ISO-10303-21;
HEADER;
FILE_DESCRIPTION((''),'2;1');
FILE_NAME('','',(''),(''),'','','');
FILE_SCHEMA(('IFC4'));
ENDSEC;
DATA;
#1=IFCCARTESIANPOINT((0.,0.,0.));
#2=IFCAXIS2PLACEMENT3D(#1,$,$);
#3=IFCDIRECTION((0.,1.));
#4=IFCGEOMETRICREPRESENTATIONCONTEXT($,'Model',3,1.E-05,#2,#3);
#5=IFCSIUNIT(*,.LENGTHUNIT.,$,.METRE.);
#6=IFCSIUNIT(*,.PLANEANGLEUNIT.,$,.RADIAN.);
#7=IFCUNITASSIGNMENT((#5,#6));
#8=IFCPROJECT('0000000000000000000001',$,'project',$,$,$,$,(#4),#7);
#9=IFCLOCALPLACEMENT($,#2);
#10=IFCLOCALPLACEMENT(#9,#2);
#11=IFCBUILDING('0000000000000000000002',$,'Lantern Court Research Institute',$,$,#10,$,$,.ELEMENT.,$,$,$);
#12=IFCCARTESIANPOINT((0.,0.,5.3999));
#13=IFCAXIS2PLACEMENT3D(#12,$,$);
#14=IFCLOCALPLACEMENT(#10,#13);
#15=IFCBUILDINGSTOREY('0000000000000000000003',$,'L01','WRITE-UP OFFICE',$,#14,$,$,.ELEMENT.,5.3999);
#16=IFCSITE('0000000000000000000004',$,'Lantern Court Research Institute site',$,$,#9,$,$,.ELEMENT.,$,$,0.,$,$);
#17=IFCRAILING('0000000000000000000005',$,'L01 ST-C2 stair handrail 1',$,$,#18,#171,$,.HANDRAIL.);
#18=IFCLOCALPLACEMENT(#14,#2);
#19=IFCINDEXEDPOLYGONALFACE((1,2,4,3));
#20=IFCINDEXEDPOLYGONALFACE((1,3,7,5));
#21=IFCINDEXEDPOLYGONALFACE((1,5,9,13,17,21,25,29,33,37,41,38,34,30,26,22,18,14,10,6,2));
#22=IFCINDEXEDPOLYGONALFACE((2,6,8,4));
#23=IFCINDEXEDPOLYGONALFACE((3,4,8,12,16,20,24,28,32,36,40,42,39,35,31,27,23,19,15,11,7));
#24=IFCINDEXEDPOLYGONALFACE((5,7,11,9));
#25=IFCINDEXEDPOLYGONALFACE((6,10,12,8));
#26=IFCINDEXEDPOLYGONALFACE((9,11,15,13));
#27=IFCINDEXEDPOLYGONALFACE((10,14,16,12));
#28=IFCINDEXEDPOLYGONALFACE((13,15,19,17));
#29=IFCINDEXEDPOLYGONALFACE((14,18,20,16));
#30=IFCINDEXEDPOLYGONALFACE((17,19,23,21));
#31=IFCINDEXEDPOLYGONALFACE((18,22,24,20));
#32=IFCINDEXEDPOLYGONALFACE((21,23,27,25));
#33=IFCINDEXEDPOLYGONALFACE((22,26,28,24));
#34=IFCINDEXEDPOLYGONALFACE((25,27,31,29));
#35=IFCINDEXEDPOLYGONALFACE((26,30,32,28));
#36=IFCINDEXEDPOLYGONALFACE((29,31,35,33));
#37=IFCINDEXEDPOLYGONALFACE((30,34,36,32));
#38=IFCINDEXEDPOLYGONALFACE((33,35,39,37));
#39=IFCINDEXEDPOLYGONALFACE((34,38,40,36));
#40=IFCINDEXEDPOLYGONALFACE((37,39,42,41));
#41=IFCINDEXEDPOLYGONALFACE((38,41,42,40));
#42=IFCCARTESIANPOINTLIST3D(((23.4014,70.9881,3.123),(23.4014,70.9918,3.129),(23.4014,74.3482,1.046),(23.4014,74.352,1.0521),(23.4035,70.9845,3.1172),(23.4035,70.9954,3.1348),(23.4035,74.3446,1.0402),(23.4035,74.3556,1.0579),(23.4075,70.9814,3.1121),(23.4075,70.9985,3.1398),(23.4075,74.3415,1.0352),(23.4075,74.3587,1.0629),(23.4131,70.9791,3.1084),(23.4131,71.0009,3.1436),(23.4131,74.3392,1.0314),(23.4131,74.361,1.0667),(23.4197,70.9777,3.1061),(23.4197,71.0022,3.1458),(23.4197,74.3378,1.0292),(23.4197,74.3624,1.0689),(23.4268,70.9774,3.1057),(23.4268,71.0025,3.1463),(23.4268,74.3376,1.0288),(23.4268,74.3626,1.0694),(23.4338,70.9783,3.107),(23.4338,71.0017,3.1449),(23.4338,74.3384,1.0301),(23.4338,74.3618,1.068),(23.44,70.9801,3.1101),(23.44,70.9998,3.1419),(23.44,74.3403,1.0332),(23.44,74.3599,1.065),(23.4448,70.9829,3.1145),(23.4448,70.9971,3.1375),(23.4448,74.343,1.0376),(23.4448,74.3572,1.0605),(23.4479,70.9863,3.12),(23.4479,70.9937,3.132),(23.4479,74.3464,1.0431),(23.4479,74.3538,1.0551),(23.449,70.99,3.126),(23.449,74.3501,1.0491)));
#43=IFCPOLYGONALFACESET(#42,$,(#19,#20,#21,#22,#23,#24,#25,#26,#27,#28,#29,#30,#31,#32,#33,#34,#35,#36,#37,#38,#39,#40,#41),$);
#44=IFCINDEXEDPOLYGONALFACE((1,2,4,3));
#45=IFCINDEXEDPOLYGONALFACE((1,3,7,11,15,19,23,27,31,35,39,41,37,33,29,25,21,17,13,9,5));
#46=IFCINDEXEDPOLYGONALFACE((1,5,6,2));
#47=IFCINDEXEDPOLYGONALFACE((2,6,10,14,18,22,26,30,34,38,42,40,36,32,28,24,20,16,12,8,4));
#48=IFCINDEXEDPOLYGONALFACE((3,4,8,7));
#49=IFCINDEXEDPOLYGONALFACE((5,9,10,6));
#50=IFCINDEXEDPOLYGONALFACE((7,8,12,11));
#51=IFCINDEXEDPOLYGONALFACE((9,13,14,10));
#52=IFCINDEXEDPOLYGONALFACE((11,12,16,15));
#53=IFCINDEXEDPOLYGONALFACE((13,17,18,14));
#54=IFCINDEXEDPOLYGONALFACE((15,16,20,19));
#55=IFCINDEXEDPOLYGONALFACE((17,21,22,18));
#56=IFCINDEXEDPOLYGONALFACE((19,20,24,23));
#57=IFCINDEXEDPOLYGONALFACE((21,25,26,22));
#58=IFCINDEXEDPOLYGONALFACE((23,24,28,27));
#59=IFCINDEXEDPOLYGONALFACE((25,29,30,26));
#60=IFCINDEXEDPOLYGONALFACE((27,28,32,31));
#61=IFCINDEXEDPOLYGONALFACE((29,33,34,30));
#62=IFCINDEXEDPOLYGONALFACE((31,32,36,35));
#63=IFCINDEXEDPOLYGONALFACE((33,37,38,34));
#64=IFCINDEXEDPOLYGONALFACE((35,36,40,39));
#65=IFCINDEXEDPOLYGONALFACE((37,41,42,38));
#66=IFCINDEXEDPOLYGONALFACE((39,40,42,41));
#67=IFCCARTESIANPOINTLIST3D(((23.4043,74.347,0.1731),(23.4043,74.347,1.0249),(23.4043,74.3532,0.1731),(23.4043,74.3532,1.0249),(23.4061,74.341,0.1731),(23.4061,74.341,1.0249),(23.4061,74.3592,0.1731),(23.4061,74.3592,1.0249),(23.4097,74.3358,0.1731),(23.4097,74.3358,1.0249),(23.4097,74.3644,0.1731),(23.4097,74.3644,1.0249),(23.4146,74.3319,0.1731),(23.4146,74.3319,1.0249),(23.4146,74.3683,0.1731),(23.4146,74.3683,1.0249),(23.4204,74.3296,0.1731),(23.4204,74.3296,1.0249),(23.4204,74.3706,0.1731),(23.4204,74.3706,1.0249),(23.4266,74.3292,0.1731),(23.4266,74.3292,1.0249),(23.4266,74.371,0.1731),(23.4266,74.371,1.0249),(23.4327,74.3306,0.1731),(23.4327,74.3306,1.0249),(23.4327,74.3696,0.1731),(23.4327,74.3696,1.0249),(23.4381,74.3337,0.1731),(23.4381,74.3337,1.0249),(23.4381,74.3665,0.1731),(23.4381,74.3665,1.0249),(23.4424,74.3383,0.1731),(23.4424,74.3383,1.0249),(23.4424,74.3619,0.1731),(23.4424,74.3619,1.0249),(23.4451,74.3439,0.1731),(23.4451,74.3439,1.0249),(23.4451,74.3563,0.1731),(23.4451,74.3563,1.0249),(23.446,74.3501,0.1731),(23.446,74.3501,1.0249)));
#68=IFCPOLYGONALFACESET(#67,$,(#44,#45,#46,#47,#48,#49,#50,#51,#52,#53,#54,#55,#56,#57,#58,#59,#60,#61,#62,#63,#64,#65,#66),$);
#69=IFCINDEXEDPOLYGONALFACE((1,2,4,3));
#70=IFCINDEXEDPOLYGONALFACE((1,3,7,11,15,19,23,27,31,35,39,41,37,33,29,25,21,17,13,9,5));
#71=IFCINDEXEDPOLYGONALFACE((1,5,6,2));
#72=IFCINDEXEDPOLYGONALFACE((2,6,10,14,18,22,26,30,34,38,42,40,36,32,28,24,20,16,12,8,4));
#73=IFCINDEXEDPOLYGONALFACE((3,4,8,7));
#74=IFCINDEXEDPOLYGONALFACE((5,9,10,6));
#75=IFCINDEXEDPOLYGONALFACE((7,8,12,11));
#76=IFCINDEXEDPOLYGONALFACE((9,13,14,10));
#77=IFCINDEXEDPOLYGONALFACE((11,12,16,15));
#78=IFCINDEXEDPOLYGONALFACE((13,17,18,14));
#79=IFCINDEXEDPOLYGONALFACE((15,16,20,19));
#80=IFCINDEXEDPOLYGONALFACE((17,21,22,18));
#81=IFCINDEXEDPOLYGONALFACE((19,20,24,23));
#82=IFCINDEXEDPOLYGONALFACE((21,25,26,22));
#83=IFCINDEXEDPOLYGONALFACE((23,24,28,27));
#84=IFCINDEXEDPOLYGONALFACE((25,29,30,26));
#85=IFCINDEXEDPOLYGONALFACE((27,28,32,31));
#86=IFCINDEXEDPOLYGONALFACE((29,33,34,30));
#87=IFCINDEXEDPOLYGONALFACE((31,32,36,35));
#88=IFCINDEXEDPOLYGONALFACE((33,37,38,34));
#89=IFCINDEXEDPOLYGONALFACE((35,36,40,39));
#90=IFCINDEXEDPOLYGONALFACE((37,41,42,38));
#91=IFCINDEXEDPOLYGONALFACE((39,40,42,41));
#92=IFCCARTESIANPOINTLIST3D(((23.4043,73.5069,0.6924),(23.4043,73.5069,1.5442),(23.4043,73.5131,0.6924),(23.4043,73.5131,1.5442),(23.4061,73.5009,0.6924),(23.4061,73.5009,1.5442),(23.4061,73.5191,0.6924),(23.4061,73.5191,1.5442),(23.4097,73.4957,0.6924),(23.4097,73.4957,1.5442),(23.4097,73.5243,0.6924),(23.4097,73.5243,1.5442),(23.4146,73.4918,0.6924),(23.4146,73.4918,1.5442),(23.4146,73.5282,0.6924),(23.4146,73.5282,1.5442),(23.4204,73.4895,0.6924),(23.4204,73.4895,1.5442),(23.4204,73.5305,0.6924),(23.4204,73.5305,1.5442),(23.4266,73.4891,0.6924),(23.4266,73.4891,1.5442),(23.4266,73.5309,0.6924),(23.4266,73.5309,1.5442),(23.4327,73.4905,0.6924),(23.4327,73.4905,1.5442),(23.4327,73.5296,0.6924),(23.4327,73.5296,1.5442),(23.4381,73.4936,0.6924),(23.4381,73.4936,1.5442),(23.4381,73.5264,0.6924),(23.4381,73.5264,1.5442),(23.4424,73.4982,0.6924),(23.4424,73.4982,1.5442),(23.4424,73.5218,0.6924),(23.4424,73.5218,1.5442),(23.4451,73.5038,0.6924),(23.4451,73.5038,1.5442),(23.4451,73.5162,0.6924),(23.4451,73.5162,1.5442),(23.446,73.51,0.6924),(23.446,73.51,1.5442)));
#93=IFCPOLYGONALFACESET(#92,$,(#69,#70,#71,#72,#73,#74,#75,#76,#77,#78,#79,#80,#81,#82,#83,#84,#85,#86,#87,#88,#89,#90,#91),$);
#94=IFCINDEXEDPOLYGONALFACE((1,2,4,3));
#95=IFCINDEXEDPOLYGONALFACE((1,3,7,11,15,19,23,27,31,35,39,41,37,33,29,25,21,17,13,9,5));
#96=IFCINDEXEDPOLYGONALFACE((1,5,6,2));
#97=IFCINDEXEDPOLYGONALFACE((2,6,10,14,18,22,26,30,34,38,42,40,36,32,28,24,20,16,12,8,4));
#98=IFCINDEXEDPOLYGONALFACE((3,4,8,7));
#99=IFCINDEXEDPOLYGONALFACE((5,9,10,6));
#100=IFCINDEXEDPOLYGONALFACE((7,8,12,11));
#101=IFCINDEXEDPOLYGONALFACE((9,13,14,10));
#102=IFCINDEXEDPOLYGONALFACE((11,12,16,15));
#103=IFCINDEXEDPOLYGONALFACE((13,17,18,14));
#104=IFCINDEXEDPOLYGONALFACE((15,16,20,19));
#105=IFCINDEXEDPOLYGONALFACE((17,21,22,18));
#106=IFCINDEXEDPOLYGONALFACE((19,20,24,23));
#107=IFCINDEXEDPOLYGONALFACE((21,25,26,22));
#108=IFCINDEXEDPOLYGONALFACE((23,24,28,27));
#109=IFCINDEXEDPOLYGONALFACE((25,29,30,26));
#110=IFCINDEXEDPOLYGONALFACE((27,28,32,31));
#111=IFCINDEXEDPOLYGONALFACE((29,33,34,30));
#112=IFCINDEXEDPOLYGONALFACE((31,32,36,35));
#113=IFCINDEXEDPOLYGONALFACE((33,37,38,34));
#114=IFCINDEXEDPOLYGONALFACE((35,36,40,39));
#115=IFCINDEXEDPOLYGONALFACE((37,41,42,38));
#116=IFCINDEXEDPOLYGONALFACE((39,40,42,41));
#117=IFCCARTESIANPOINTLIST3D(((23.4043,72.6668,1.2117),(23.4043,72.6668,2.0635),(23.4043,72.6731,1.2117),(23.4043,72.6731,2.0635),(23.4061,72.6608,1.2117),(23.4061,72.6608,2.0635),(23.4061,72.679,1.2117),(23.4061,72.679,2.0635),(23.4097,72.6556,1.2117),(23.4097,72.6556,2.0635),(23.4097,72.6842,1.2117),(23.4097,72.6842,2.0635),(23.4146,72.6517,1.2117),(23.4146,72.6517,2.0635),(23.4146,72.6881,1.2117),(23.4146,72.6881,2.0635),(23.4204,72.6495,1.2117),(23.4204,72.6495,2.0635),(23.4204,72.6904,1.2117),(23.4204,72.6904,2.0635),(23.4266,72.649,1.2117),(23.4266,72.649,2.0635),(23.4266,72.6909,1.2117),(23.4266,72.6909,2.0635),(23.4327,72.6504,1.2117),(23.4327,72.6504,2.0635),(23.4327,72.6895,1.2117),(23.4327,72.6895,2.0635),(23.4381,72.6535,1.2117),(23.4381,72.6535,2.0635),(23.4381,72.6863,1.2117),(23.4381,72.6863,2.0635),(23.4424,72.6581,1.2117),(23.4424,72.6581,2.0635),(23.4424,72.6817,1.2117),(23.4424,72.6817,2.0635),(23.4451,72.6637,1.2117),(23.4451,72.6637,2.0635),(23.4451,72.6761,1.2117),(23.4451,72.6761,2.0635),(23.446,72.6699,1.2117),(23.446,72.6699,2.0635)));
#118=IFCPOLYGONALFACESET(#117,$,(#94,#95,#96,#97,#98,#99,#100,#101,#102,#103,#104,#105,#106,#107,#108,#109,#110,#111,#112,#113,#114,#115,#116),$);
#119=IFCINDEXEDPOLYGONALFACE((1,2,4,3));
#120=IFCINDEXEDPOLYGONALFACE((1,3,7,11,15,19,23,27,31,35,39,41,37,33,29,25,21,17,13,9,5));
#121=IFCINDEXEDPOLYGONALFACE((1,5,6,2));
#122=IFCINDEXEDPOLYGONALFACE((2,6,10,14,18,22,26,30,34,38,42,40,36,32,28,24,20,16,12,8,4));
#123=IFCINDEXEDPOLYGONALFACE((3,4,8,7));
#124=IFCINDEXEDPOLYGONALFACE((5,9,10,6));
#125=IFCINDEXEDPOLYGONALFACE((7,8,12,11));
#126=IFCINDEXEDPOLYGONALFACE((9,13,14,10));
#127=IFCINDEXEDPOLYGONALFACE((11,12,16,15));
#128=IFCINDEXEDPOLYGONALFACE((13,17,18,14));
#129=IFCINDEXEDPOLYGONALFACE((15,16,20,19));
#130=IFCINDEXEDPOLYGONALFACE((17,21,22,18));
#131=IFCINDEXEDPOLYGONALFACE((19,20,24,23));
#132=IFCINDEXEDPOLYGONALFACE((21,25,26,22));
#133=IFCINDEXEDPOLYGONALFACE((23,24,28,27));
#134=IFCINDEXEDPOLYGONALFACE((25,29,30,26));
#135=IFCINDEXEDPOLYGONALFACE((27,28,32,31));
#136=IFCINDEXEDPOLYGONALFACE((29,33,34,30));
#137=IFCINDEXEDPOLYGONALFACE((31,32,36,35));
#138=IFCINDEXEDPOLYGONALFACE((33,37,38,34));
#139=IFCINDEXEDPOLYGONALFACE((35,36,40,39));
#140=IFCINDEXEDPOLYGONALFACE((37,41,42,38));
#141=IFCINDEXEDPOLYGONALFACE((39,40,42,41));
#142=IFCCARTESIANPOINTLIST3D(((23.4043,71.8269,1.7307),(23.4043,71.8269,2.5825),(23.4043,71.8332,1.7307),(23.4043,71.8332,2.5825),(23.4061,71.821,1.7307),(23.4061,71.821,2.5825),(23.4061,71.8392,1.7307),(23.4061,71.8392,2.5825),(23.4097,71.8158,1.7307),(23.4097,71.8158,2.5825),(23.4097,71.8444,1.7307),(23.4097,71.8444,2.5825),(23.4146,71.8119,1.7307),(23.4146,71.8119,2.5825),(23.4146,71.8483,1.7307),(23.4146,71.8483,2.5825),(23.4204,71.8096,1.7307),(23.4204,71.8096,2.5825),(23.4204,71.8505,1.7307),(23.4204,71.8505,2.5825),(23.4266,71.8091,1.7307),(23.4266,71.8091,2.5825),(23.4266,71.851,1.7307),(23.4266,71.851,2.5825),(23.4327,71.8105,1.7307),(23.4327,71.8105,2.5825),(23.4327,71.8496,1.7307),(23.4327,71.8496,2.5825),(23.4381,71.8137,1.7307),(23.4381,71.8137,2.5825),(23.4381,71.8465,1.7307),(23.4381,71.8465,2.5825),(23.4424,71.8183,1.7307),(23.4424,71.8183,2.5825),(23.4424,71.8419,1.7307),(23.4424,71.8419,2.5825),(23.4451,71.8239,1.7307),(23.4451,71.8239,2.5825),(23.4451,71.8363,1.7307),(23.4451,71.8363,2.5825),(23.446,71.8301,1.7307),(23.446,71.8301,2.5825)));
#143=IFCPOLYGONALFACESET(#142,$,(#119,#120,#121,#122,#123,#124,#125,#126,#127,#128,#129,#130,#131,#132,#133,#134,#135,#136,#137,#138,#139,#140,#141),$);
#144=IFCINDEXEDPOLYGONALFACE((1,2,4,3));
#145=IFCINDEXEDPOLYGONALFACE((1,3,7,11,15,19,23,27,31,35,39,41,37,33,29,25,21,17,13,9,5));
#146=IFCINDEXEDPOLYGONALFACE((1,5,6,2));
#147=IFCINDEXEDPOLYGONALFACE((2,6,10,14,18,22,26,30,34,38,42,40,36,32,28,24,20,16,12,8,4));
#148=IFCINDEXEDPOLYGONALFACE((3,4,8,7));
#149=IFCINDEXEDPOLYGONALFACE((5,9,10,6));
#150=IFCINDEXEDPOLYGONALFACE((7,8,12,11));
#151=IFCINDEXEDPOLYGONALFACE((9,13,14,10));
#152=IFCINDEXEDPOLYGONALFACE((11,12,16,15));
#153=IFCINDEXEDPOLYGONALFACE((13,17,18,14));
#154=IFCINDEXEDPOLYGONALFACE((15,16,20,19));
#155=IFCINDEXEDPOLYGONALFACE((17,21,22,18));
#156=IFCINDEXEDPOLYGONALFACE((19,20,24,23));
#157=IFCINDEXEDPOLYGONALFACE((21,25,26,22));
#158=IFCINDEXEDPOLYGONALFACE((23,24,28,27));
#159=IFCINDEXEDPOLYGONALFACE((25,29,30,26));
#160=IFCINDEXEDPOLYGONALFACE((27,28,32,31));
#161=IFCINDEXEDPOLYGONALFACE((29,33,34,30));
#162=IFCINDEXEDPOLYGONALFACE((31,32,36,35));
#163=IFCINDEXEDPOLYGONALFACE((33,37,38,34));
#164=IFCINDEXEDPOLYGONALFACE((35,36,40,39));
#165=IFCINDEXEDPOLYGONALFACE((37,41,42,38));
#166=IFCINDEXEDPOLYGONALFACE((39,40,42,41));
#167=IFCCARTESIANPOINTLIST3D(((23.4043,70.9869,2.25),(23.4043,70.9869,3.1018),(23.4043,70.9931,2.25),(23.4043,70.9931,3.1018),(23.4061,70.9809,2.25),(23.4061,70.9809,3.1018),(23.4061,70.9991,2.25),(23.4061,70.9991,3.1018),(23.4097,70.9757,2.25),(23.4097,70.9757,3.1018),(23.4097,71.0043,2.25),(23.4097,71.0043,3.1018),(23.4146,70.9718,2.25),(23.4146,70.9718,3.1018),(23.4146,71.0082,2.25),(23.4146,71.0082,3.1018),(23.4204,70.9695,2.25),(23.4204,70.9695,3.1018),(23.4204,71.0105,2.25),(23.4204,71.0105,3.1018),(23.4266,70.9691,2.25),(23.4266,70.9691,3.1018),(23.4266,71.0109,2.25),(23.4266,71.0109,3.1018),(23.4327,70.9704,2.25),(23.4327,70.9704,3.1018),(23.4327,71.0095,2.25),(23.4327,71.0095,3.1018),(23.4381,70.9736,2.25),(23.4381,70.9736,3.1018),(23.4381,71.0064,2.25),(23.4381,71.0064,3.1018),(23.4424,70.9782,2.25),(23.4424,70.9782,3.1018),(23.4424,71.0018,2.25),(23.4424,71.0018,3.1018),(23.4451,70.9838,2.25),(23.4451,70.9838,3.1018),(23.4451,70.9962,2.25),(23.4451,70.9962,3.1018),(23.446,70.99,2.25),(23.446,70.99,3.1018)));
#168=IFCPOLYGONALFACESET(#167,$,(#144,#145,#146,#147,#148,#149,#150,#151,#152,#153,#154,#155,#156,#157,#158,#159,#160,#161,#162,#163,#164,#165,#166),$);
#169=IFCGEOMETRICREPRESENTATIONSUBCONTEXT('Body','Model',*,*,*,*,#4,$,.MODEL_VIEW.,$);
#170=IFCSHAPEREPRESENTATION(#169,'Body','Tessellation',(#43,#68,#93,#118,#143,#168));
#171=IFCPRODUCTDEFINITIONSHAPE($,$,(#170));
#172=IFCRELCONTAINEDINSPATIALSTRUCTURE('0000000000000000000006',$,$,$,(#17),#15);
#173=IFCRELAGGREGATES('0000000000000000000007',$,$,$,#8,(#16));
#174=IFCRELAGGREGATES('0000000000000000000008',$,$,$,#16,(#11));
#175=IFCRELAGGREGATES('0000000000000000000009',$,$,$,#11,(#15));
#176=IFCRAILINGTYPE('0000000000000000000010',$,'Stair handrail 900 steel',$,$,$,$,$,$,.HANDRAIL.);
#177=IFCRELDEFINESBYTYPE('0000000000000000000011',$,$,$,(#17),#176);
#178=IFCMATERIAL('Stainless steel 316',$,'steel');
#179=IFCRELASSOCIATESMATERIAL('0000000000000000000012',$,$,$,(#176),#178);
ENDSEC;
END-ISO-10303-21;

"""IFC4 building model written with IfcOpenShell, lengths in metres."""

from ifc_helpers import new_model, si_unit, direction, frame, origin, origin_2d, place, context, subcontext, project, spatial, circle, extrude, material, type_object, element, save


model = new_model("IFC4")

# Units and contexts
model_context = context("Model", 3, precision=1e-05, world=origin(), true_north=direction((0.0, 1.0)))
body_context = subcontext(model_context, "Body", "Model", "MODEL_VIEW")
ifc_project = project(units=[si_unit("LENGTHUNIT", "METRE"), si_unit("PLANEANGLEUNIT", "RADIAN")], contexts=[model_context])

# Site, building, storey
site_placement = place(None, origin())
site = spatial("IfcSite", under=ifc_project, at=site_placement, Name="Lantern Court Research Institute site", CompositionType="ELEMENT", RefElevation=0.0)
building_placement = place(site_placement, origin())
building = spatial("IfcBuilding", under=site, at=building_placement, Name="Lantern Court Research Institute", CompositionType="ELEMENT")
storey_placement = place(building_placement, frame((0.0, 0.0, 5.3999)))
storey = spatial("IfcBuildingStorey", under=building, at=storey_placement, Name="L01", Description="WRITE-UP OFFICE", CompositionType="ELEMENT", Elevation=5.3999)

# Railing
ifc_material_1 = material(Name="Stainless steel 316", Category="steel")
railing_type_1 = type_object("IfcRailingType", Name="Stair handrail 900 steel", PredefinedType="HANDRAIL", material=ifc_material_1)
railing_1_placement = place(storey_placement, frame((23.425, 74.3501, 0.1731)))
element("IfcRailing", 1, at=railing_1_placement, inside=storey, type_object=railing_type_1, Name="L01 ST-C2 stair handrail 1", PredefinedType="HANDRAIL", context=body_context, shape_type="SweptSolid", body=[
    extrude(circle(Radius=0.0239, at=origin_2d()), frame((0.0, 0.0, 0.876), z_axis=(0.0, -0.850623, 0.525776), x_axis=(1.0, 0.0, 0.0)), (0.0, 0.0, 1.0), 3.9502),
    extrude(circle(Radius=0.021, at=origin_2d()), origin(), (0.0, 0.0, 1.0), 0.8518),
    extrude(circle(Radius=0.021, at=origin_2d()), frame((0.0, -0.8401, 0.5193)), (0.0, 0.0, 1.0), 0.8518),
    extrude(circle(Radius=0.021, at=origin_2d()), frame((0.0, -1.6802, 1.0386)), (0.0, 0.0, 1.0), 0.8518),
    extrude(circle(Radius=0.021, at=origin_2d()), frame((0.0, -2.52, 1.5576)), (0.0, 0.0, 1.0), 0.8518),
    extrude(circle(Radius=0.021, at=origin_2d()), frame((0.0, -3.3601, 2.0769)), (0.0, 0.0, 1.0), 0.8518),
])

save(model, "model.ifc")
